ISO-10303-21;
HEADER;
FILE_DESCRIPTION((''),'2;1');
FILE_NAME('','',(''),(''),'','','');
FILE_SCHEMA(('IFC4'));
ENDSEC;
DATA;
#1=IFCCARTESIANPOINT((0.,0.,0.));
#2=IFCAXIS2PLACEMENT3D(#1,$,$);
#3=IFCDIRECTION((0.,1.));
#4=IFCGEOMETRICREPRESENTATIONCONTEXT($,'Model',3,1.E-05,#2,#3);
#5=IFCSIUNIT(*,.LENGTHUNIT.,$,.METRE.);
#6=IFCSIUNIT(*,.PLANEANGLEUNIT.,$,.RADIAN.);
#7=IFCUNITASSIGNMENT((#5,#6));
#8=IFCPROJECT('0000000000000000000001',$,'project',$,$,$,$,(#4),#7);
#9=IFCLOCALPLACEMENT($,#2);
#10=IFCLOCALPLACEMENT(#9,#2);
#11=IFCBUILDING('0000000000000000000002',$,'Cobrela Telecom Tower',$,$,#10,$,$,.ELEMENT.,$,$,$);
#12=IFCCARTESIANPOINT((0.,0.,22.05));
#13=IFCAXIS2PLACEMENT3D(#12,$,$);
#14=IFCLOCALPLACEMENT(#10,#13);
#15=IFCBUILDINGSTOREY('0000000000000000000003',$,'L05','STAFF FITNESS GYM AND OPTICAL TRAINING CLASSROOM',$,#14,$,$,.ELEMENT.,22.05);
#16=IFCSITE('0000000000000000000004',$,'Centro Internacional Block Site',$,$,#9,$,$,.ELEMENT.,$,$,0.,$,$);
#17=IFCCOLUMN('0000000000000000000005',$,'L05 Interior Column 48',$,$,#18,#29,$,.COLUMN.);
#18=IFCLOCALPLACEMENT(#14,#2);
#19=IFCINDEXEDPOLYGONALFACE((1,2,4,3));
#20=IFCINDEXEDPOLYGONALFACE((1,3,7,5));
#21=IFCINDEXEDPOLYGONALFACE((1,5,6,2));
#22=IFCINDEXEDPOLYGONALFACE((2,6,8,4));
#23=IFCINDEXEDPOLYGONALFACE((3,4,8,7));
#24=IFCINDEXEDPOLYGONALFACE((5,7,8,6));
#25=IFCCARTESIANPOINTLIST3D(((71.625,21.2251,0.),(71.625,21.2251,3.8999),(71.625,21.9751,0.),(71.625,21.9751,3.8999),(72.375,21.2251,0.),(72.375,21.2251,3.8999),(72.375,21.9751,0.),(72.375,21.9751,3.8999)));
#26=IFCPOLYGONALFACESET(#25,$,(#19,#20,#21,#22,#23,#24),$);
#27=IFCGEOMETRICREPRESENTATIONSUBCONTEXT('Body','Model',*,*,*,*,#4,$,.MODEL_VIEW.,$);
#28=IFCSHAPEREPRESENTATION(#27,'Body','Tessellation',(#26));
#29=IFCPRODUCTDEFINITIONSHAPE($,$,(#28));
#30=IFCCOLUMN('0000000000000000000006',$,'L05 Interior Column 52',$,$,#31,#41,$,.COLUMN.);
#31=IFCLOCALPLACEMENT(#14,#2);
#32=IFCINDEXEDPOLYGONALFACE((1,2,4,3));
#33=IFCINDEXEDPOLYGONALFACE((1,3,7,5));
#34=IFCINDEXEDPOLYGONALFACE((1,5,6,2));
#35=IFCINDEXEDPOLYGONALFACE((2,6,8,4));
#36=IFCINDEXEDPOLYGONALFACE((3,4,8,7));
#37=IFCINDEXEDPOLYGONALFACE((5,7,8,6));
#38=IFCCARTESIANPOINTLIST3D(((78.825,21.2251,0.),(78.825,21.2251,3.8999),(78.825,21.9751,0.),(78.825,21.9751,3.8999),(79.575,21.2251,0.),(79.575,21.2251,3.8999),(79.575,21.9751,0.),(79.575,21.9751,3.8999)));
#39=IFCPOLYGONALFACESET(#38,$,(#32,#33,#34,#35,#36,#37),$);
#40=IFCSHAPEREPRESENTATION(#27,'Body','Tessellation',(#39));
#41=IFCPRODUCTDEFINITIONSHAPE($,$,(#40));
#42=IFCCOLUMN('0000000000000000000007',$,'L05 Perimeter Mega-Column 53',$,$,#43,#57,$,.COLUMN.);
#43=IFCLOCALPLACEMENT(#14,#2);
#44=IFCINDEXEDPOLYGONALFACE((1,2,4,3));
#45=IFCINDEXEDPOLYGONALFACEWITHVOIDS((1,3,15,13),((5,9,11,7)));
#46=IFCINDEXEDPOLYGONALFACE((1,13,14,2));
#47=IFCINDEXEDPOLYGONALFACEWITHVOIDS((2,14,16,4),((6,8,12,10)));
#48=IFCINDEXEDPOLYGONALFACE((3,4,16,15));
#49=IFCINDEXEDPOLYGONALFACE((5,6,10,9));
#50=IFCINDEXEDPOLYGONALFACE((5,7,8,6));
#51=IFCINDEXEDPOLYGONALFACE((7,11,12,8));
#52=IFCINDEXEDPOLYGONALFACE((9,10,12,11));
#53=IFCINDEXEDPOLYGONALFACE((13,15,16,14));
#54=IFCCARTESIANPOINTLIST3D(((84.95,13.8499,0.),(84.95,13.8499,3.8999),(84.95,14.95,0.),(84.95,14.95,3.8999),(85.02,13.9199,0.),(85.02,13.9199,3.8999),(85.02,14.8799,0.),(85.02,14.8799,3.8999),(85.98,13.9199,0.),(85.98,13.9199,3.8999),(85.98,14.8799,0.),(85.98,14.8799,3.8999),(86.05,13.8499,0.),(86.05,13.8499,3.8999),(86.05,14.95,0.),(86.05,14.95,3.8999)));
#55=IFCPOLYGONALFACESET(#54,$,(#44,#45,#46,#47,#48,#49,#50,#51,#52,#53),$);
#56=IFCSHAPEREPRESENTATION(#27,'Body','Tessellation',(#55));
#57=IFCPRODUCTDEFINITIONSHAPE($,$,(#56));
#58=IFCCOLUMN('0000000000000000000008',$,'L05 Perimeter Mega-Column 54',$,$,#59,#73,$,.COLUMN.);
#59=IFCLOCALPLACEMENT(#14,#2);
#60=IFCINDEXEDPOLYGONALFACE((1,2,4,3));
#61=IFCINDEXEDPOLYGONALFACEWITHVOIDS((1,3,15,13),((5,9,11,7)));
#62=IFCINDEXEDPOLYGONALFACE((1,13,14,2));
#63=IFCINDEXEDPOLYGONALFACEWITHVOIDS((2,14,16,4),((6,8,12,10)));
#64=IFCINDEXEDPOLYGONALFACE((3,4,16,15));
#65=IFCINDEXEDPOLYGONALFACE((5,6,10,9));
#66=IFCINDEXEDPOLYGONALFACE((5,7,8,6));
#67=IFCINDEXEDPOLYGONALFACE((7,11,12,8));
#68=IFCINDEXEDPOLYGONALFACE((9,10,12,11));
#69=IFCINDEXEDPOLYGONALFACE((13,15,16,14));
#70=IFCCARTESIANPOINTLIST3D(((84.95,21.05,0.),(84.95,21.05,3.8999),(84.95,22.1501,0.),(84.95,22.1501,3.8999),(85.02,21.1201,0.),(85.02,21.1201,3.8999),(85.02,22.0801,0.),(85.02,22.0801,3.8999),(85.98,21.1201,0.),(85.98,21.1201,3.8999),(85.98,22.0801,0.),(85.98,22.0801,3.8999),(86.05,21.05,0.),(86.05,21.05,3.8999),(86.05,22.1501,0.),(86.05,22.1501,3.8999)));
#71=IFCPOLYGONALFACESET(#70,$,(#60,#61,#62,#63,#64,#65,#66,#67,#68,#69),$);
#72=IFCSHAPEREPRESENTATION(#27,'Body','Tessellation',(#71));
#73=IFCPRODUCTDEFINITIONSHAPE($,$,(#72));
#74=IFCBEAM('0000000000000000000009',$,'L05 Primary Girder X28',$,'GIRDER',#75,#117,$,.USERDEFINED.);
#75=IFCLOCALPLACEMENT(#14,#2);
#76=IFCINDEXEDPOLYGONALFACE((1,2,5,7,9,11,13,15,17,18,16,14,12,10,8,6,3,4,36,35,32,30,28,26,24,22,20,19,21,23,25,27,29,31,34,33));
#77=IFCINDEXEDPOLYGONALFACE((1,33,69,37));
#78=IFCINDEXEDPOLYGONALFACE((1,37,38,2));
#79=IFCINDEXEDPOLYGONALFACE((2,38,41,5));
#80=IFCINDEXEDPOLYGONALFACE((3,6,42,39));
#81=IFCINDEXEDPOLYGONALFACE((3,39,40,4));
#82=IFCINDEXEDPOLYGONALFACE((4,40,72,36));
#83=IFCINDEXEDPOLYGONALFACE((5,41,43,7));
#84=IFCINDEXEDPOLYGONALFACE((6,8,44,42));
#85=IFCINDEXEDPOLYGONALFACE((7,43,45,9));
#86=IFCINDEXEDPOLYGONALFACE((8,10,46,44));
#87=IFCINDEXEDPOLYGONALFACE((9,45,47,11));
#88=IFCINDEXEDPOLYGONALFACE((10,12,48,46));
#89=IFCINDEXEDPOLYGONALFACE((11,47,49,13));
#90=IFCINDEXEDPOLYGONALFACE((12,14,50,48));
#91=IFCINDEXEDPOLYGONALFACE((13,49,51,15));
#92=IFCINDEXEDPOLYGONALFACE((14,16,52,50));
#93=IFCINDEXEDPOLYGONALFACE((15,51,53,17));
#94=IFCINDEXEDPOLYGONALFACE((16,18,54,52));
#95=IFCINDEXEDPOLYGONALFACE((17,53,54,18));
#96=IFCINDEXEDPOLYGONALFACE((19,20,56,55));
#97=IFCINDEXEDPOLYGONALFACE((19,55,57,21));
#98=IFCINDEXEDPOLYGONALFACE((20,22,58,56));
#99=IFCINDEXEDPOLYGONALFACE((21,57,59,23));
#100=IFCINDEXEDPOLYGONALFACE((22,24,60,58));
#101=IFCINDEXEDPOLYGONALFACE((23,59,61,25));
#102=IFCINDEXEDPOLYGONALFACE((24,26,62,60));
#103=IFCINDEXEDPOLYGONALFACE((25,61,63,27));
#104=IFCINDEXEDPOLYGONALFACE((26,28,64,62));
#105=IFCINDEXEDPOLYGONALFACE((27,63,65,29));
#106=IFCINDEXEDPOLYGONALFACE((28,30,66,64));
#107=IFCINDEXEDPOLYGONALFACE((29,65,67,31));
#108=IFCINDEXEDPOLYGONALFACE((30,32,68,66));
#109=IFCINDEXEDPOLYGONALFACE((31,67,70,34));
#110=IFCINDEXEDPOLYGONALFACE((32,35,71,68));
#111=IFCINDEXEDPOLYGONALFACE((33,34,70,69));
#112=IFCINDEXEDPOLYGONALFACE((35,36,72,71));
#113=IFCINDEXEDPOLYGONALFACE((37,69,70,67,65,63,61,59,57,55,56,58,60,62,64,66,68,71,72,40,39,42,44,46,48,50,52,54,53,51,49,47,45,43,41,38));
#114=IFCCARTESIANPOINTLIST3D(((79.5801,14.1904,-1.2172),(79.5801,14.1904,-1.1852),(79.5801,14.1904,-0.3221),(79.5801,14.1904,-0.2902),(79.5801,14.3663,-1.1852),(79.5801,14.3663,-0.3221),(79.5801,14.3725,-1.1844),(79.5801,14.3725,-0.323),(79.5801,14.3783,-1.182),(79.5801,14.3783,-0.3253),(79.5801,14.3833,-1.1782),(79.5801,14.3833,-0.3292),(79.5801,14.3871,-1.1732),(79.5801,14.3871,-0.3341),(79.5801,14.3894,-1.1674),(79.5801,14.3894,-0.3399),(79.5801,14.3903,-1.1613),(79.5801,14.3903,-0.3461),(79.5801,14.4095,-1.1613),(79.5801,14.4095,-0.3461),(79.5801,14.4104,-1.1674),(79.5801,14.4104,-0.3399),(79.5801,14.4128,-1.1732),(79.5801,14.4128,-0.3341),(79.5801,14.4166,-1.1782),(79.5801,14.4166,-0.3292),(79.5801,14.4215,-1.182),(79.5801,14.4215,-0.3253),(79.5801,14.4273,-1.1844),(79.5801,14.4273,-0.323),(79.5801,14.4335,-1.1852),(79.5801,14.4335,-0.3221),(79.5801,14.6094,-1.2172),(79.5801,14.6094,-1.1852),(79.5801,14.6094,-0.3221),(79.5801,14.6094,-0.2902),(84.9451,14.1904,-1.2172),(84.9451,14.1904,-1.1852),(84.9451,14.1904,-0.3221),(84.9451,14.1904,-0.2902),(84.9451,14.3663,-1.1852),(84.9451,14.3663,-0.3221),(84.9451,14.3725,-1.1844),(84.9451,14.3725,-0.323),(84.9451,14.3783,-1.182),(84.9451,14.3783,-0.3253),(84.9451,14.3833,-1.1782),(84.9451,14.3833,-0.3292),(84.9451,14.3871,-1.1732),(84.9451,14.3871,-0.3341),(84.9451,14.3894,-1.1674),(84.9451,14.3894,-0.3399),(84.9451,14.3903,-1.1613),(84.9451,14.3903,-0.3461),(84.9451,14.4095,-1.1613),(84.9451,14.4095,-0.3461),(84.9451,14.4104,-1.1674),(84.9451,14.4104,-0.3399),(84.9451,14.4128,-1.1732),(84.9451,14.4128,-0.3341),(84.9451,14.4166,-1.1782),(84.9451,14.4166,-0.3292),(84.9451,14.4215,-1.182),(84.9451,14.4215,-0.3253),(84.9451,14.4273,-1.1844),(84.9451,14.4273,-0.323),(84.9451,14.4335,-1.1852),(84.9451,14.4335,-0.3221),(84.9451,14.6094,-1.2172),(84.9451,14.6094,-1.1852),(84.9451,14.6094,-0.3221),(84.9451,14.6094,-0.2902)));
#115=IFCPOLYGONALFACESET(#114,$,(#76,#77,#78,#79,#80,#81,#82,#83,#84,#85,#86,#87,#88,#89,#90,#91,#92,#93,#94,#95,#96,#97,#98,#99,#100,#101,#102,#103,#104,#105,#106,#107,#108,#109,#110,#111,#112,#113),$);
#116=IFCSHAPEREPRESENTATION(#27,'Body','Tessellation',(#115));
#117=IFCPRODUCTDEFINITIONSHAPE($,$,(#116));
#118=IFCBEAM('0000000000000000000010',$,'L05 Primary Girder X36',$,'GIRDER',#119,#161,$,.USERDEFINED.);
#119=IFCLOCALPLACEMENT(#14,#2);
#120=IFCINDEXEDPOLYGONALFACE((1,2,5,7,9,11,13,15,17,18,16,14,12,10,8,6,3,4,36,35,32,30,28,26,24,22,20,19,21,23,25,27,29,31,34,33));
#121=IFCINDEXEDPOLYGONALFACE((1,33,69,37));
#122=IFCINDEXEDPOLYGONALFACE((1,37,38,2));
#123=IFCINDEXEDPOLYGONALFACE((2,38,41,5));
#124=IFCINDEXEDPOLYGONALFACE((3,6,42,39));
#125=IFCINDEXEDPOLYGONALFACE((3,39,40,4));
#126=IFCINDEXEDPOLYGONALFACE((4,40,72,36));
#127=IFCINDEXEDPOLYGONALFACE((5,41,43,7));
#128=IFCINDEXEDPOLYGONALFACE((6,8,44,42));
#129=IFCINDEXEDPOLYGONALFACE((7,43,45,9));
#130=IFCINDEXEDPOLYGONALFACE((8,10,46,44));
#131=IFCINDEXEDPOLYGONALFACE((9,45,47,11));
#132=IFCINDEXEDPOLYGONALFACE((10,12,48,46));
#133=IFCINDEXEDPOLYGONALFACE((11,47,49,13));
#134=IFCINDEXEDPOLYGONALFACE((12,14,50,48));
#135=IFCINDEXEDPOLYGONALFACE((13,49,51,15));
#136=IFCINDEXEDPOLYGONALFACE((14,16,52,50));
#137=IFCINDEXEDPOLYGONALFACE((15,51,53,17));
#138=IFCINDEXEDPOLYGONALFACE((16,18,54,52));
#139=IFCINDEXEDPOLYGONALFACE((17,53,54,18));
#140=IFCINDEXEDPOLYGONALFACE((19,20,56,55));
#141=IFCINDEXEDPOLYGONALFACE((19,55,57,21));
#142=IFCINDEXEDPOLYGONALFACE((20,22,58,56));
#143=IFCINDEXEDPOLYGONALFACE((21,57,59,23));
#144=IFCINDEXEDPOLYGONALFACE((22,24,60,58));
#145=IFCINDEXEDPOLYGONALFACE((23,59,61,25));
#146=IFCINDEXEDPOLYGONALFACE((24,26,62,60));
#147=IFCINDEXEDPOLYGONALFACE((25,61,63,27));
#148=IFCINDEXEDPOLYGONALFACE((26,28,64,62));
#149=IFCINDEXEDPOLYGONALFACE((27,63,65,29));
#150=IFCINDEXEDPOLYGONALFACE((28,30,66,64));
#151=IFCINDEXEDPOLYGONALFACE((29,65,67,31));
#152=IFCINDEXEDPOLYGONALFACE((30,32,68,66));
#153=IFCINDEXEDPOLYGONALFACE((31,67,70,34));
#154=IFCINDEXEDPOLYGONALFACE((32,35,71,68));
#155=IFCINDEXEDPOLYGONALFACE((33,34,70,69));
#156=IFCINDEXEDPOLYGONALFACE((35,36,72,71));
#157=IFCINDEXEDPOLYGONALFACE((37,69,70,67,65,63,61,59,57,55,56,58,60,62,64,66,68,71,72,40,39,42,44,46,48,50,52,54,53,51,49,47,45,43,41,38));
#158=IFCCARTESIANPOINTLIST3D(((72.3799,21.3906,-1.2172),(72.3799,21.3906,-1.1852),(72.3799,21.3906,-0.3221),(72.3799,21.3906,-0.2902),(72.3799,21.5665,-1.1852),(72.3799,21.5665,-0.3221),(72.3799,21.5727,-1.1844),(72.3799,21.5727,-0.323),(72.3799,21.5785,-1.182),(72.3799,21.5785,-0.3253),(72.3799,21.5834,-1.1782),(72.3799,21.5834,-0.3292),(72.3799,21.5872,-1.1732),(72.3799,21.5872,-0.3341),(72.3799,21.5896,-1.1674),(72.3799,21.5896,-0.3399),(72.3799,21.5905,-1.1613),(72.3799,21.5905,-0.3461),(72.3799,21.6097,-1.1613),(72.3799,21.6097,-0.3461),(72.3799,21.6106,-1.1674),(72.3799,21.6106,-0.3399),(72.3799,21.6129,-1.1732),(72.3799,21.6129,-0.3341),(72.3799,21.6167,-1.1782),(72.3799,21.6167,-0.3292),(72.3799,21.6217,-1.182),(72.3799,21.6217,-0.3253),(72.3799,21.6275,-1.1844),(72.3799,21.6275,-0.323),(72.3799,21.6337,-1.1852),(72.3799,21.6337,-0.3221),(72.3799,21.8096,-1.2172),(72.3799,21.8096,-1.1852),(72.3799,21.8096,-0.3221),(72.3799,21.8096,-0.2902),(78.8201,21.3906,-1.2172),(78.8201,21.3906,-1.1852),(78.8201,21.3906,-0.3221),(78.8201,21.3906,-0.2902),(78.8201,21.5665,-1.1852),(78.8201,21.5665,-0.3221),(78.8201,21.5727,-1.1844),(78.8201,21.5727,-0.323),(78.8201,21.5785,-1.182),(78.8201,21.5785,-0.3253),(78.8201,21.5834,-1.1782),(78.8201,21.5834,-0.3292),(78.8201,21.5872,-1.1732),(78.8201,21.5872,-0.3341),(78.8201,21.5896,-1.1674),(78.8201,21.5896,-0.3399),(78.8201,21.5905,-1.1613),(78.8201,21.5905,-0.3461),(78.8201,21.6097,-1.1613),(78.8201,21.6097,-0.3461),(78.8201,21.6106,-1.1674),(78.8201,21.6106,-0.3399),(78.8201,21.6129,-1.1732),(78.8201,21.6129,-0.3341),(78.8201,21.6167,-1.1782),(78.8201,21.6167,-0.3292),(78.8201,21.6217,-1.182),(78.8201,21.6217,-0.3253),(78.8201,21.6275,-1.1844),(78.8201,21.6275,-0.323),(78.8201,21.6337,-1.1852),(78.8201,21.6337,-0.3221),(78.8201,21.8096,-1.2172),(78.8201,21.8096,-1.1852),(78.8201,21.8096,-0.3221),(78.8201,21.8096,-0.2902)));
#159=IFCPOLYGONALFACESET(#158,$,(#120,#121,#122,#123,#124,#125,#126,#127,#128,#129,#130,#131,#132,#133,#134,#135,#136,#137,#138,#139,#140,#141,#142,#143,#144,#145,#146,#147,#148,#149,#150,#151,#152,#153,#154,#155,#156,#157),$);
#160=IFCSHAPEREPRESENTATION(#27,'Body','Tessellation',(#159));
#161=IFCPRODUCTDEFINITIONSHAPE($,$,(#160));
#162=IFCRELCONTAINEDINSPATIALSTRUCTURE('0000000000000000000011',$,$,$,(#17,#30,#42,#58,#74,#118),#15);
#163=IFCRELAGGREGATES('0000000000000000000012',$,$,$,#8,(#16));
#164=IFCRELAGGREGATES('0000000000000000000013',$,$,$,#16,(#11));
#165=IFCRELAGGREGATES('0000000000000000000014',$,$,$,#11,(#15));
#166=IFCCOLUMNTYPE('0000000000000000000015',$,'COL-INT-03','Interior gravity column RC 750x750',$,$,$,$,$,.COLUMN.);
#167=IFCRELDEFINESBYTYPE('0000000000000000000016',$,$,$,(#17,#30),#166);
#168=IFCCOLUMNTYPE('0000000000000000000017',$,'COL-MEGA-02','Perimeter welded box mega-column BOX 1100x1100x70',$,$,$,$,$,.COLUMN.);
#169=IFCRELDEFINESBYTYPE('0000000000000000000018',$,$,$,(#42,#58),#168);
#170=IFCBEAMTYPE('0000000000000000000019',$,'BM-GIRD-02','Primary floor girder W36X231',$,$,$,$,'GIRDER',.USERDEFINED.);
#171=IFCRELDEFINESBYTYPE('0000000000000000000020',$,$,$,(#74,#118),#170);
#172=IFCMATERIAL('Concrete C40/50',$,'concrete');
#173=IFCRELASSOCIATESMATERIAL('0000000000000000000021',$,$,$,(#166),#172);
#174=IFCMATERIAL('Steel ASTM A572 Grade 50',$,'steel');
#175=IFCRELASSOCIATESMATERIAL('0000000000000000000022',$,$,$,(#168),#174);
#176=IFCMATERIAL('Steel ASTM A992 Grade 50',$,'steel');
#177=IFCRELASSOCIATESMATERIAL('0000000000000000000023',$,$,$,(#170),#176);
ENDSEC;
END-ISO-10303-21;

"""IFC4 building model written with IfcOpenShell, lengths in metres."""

from ifc_helpers import new_model, si_unit, direction, frame, origin, origin_2d, place, context, subcontext, project, spatial, rectangle, hollow_rectangle, i_section, extrude, material, material_profile, profile_set, type_object, element, save


model = new_model("IFC4")

# Units and contexts
model_context = context("Model", 3, precision=1e-05, world=origin(), true_north=direction((0.0, 1.0)))
body_context = subcontext(model_context, "Body", "Model", "MODEL_VIEW")
ifc_project = project(units=[si_unit("LENGTHUNIT", "METRE"), si_unit("PLANEANGLEUNIT", "RADIAN")], contexts=[model_context])

# Site, building, storey
site_placement = place(None, origin())
site = spatial("IfcSite", under=ifc_project, at=site_placement, Name="Centro Internacional Block Site", CompositionType="ELEMENT", RefElevation=0.0)
building_placement = place(site_placement, origin())
building = spatial("IfcBuilding", under=site, at=building_placement, Name="Cobrela Telecom Tower", CompositionType="ELEMENT")
storey_placement = place(building_placement, frame((0.0, 0.0, 22.05)))
storey = spatial("IfcBuildingStorey", under=building, at=storey_placement, Name="L05", Description="STAFF FITNESS GYM AND OPTICAL TRAINING CLASSROOM", CompositionType="ELEMENT", Elevation=22.05)

# Columns
ifc_material_1 = material(Name="Concrete C40/50", Category="concrete")
ifc_material_profile_1 = material_profile(ifc_material_1, rectangle(XDim=0.75, YDim=0.75, at=origin_2d()), Name="RC 750x750")
ifc_profile_set_1 = profile_set([ifc_material_profile_1], Name="Concrete C40/50")
column_type_1 = type_object("IfcColumnType", Name="COL-INT-03", Description="Interior gravity column RC 750x750", PredefinedType="COLUMN", material=ifc_profile_set_1)
for number, where, z_axis, x_axis, name in (
    (1, (72.0, 21.6001, 0.0), (0.0, 0.0, 1.0), (1.0, 0.0, 0.0), "L05 Interior Column 48"),
    (2, (79.2, 21.6001, 0.0), (0.0, 0.0, 1.0), (1.0, 0.0, 0.0), "L05 Interior Column 52"),
):
    element("IfcColumn", number, at=place(storey_placement, frame(where, z_axis=z_axis, x_axis=x_axis)), inside=storey, type_object=column_type_1, Name=name, PredefinedType="COLUMN", context=body_context, shape_type="SweptSolid", body=[
        extrude(rectangle(XDim=0.75, YDim=0.75, at=origin_2d()), origin(), (0.0, 0.0, 1.0), 3.8999),
    ])
ifc_material_2 = material(Name="Steel ASTM A572 Grade 50", Category="steel")
ifc_material_profile_2 = material_profile(ifc_material_2, hollow_rectangle(XDim=1.1001, YDim=1.1001, WallThickness=0.0701, at=origin_2d()), Name="BOX 1100x1100x70")
ifc_profile_set_2 = profile_set([ifc_material_profile_2], Name="Steel ASTM A572 Grade 50")
column_type_2 = type_object("IfcColumnType", Name="COL-MEGA-02", Description="Perimeter welded box mega-column BOX 1100x1100x70", PredefinedType="COLUMN", material=ifc_profile_set_2)
for number, where, z_axis, x_axis, name in (
    (3, (85.5, 14.3999, 0.0), (0.0, 0.0, 1.0), (1.0, 0.0, 0.0), "L05 Perimeter Mega-Column 53"),
    (4, (85.5, 21.6001, 0.0), (0.0, 0.0, 1.0), (1.0, 0.0, 0.0), "L05 Perimeter Mega-Column 54"),
):
    element("IfcColumn", number, at=place(storey_placement, frame(where, z_axis=z_axis, x_axis=x_axis)), inside=storey, type_object=column_type_2, Name=name, PredefinedType="COLUMN", context=body_context, shape_type="SweptSolid", body=[
        extrude(hollow_rectangle(XDim=1.1001, YDim=1.1001, WallThickness=0.0701, at=origin_2d()), origin(), (0.0, 0.0, 1.0), 3.8999),
    ])

# Beams
ifc_material_3 = material(Name="Steel ASTM A992 Grade 50", Category="steel")
ifc_material_profile_3 = material_profile(ifc_material_3, i_section(OverallWidth=0.4189, OverallDepth=0.927, WebThickness=0.0193, FlangeThickness=0.032, FilletRadius=0.0239, at=origin_2d()), Name="W36X231")
ifc_profile_set_3 = profile_set([ifc_material_profile_3], Name="Steel ASTM A992 Grade 50")
beam_type_1 = type_object("IfcBeamType", Name="BM-GIRD-02", Description="Primary floor girder W36X231", ElementType="GIRDER", PredefinedType="USERDEFINED", material=ifc_profile_set_3)
beam_1_placement = place(storey_placement, frame((79.5801, 14.3999, -0.7537), z_axis=(1.0, 0.0, 0.0), x_axis=(0.0, 1.0, 0.0)))
element("IfcBeam", 5, at=beam_1_placement, inside=storey, type_object=beam_type_1, Name="L05 Primary Girder X28", ObjectType="GIRDER", PredefinedType="USERDEFINED", context=body_context, shape_type="SweptSolid", body=[
    extrude(i_section(OverallWidth=0.4189, OverallDepth=0.927, WebThickness=0.0193, FlangeThickness=0.032, FilletRadius=0.0239, at=origin_2d()), origin(), (0.0, 0.0, 1.0), 5.365),
])
beam_2_placement = place(storey_placement, frame((72.3799, 21.6001, -0.7537), z_axis=(1.0, 0.0, 0.0), x_axis=(0.0, 1.0, 0.0)))
element("IfcBeam", 6, at=beam_2_placement, inside=storey, type_object=beam_type_1, Name="L05 Primary Girder X36", ObjectType="GIRDER", PredefinedType="USERDEFINED", context=body_context, shape_type="SweptSolid", body=[
    extrude(i_section(OverallWidth=0.4189, OverallDepth=0.927, WebThickness=0.0193, FlangeThickness=0.032, FilletRadius=0.0239, at=origin_2d()), origin(), (0.0, 0.0, 1.0), 6.4402),
])

save(model, "model.ifc")
